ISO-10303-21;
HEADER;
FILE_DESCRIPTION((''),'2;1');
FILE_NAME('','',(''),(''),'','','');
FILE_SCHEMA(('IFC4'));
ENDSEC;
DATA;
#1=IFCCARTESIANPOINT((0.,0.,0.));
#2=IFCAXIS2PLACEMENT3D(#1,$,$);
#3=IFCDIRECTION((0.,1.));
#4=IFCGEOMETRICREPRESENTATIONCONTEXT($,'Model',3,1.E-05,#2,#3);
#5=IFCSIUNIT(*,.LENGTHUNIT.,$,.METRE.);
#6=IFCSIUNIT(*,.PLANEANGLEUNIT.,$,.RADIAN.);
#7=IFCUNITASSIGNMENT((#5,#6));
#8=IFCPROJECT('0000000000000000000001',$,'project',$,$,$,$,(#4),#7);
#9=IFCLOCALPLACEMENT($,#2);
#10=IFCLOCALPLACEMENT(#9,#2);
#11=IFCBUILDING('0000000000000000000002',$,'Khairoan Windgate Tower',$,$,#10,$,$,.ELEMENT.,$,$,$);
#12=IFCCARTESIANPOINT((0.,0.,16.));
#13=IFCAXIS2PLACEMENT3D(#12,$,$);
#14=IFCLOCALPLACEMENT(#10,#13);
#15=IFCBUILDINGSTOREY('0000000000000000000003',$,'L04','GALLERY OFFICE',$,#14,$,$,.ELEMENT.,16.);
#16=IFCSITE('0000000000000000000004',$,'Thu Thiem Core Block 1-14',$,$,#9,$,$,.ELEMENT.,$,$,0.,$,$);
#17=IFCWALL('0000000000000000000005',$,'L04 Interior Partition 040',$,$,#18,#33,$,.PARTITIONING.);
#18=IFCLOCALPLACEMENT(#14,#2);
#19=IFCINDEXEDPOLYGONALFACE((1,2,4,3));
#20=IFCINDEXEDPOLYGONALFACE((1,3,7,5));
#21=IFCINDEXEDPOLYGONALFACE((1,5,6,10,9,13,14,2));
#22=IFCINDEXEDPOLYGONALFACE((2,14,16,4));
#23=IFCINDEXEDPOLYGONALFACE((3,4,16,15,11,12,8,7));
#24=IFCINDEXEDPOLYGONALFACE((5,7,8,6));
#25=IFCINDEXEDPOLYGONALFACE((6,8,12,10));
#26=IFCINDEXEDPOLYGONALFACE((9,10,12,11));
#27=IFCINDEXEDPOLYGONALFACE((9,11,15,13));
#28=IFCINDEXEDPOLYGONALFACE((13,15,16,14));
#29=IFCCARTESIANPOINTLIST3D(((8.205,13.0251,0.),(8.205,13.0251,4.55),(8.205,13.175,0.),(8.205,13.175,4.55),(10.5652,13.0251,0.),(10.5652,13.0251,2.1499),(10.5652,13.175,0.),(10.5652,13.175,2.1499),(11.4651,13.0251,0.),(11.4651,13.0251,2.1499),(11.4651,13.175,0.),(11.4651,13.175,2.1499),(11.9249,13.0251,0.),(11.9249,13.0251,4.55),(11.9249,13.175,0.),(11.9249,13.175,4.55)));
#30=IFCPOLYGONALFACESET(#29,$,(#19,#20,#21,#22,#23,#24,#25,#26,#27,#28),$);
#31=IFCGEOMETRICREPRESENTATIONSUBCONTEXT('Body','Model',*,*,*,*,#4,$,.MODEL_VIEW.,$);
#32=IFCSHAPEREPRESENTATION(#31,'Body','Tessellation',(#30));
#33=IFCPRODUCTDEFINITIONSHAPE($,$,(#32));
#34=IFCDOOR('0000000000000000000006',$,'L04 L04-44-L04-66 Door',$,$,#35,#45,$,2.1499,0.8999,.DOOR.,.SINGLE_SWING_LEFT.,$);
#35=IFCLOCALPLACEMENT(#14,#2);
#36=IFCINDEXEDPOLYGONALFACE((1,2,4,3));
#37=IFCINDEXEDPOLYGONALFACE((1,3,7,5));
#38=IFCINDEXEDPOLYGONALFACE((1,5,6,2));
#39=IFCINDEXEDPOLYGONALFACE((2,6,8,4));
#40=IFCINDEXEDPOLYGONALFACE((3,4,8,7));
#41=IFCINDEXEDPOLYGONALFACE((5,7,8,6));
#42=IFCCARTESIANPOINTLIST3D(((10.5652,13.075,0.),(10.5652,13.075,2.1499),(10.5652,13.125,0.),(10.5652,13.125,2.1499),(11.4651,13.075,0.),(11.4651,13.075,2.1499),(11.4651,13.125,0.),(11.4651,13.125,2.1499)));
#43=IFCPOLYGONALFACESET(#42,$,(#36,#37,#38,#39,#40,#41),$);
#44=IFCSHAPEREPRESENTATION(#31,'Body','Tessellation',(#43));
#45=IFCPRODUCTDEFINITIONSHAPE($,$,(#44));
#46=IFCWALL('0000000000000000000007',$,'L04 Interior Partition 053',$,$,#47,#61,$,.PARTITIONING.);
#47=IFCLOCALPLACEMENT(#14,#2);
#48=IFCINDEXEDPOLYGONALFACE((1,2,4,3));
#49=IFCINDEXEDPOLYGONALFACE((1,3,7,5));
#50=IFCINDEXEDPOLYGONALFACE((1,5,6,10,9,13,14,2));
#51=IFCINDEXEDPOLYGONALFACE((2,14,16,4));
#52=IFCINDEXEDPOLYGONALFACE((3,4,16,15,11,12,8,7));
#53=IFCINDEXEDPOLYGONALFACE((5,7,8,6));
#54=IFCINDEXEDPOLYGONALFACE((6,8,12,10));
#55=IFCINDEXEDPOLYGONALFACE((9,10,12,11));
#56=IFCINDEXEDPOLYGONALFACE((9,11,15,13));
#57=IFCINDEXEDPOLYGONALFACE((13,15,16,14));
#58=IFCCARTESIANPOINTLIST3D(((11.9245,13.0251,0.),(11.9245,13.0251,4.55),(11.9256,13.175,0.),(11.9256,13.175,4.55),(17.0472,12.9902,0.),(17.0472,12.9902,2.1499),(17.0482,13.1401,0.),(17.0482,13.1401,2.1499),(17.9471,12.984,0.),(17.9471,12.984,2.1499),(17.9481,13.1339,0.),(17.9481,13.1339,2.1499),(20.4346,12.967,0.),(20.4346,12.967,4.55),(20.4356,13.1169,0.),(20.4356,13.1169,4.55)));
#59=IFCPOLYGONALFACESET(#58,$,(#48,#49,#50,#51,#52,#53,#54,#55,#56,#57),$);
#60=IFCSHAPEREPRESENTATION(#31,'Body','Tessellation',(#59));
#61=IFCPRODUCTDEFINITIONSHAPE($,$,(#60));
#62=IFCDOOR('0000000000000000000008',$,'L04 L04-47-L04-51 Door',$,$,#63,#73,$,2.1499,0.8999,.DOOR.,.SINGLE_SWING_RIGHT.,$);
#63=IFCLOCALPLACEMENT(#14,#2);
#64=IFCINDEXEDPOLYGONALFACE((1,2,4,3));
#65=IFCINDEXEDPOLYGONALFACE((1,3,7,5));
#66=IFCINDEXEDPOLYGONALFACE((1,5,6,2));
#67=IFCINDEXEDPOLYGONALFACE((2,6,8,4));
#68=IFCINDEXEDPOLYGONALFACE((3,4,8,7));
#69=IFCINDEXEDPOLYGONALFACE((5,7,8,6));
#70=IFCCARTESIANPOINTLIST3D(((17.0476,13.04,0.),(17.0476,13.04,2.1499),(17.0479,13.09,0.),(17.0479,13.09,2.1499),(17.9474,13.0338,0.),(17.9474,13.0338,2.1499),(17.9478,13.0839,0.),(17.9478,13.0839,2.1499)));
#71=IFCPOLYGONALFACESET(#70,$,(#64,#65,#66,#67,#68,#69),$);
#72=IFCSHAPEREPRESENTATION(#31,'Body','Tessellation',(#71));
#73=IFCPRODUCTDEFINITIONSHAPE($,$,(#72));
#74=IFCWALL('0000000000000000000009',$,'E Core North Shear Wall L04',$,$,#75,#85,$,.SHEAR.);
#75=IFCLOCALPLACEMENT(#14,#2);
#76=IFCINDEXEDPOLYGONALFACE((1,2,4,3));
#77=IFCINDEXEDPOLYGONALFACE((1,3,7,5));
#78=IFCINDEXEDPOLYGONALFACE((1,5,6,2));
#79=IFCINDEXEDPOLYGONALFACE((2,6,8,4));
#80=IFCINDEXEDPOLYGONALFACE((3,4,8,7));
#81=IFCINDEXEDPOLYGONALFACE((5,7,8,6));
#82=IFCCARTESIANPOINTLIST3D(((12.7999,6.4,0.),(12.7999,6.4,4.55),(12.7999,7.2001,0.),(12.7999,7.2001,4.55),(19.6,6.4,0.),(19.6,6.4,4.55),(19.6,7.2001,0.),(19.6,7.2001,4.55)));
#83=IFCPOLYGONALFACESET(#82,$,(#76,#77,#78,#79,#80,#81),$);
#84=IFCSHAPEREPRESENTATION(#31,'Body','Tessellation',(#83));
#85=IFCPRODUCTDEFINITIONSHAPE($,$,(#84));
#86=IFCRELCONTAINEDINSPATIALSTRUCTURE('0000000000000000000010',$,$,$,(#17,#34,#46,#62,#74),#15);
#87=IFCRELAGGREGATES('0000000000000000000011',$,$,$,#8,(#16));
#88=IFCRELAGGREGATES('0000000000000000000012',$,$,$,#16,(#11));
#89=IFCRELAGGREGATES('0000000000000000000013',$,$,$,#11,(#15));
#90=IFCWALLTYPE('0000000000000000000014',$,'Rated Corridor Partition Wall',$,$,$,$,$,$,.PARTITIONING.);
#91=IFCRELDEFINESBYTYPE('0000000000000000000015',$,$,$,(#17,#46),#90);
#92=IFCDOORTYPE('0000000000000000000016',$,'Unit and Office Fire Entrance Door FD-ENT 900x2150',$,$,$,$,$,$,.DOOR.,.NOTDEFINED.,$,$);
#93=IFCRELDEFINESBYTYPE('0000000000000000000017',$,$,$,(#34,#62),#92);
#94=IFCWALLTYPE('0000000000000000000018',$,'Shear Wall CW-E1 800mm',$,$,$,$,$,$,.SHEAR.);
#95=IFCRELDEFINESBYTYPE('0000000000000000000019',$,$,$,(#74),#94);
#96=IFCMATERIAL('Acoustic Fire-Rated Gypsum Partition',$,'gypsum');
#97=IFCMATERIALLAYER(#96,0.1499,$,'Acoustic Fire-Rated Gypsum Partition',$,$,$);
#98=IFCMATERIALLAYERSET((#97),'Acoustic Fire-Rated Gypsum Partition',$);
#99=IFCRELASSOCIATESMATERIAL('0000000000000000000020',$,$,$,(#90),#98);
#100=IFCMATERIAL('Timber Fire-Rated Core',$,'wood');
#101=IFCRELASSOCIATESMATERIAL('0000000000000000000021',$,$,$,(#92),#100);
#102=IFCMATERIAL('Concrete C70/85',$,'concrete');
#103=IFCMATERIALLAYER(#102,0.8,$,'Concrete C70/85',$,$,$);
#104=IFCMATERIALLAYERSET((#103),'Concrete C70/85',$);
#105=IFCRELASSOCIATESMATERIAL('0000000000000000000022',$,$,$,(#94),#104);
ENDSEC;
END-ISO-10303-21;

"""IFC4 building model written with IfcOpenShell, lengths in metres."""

from ifc_helpers import new_model, si_unit, direction, frame, frame_2d, origin, place, context, subcontext, project, spatial, rectangle, extrude, material, layer, layer_set, type_object, element, fill, save


model = new_model("IFC4")

# Units and contexts
model_context = context("Model", 3, precision=1e-05, world=origin(), true_north=direction((0.0, 1.0)))
body_context = subcontext(model_context, "Body", "Model", "MODEL_VIEW")
ifc_project = project(units=[si_unit("LENGTHUNIT", "METRE"), si_unit("PLANEANGLEUNIT", "RADIAN")], contexts=[model_context])

# Site, building, storey
site_placement = place(None, origin())
site = spatial("IfcSite", under=ifc_project, at=site_placement, Name="Thu Thiem Core Block 1-14", CompositionType="ELEMENT", RefElevation=0.0)
building_placement = place(site_placement, origin())
building = spatial("IfcBuilding", under=site, at=building_placement, Name="Khairoan Windgate Tower", CompositionType="ELEMENT")
storey_placement = place(building_placement, frame((0.0, 0.0, 16.0)))
storey = spatial("IfcBuildingStorey", under=building, at=storey_placement, Name="L04", Description="GALLERY OFFICE", CompositionType="ELEMENT", Elevation=16.0)

# Walls, openings, doors
ifc_material_1 = material(Name="Acoustic Fire-Rated Gypsum Partition", Category="gypsum")
ifc_layer_1 = layer(ifc_material_1, 0.1499, Name="Acoustic Fire-Rated Gypsum Partition")
ifc_layer_set_1 = layer_set([ifc_layer_1], Name="Acoustic Fire-Rated Gypsum Partition")
wall_type_1 = type_object("IfcWallType", Name="Rated Corridor Partition Wall", PredefinedType="PARTITIONING", material=ifc_layer_set_1)
ifc_material_2 = material(Name="Timber Fire-Rated Core", Category="wood")
door_type = type_object("IfcDoorType", Name="Unit and Office Fire Entrance Door FD-ENT 900x2150", OperationType="NOTDEFINED", PredefinedType="DOOR", material=ifc_material_2)
wall_1_placement = place(storey_placement, frame((8.2051, 13.1001, 0.0), z_axis=(0.0, 0.0, 1.0), x_axis=(1.0, 0.0, 0.0)))
wall_1 = element("IfcWall", 1, at=wall_1_placement, inside=storey, type_object=wall_type_1, Name="L04 Interior Partition 040", PredefinedType="PARTITIONING", context=body_context, shape_type="SweptSolid", body=[
    extrude(rectangle(XDim=3.72, YDim=0.1499, at=frame_2d((1.8599, 0.0))), origin(), (0.0, 0.0, 1.0), 4.55),
])
opening_1_placement = place(wall_1_placement, frame((2.3601, 0.0, 0.0)))
opening_1 = element("IfcOpeningElement", 2, at=opening_1_placement, cuts=wall_1, PredefinedType="OPENING", context=body_context, shape_type="SweptSolid", body=[
    extrude(rectangle(XDim=0.8999, YDim=2.1499, at=frame_2d((0.45, 1.075))), frame((0.0, 0.085, 0.0), z_axis=(0.0, -1.0, 0.0), x_axis=(1.0, 0.0, 0.0)), (0.0, 0.0, 1.0), 0.1699),
])
door_1_placement = place(opening_1_placement, origin())
door_1 = element("IfcDoor", 3, at=door_1_placement, inside=storey, type_object=door_type, Name="L04 L04-44-L04-66 Door", OperationType="SINGLE_SWING_LEFT", OverallHeight=2.1499, OverallWidth=0.8999, PredefinedType="DOOR", context=body_context, shape_type="SweptSolid", body=[
    extrude(rectangle(XDim=0.8999, YDim=2.1499, at=frame_2d((0.45, 1.075))), frame((0.0, 0.0249, 0.0), z_axis=(0.0, -1.0, 0.0), x_axis=(1.0, 0.0, 0.0)), (0.0, 0.0, 1.0), 0.05),
])
fill(opening_1, door_1)
wall_2_placement = place(storey_placement, frame((11.925, 13.1001, 0.0), z_axis=(0.0, 0.0, 1.0), x_axis=(0.999977, -0.006828, 0.0)))
wall_2 = element("IfcWall", 4, at=wall_2_placement, inside=storey, type_object=wall_type_1, Name="L04 Interior Partition 053", PredefinedType="PARTITIONING", context=body_context, shape_type="SweptSolid", body=[
    extrude(rectangle(XDim=8.5103, YDim=0.1499, at=frame_2d((4.2551, 0.0))), origin(), (0.0, 0.0, 1.0), 4.55),
])
opening_2_placement = place(wall_2_placement, frame((5.1228, 0.0, 0.0)))
opening_2 = element("IfcOpeningElement", 5, at=opening_2_placement, cuts=wall_2, PredefinedType="OPENING", context=body_context, shape_type="SweptSolid", body=[
    extrude(rectangle(XDim=0.8999, YDim=2.1499, at=frame_2d((0.45, 1.075))), frame((0.0, 0.085, 0.0), z_axis=(0.0, -1.0, 0.0), x_axis=(1.0, 0.0, 0.0)), (0.0, 0.0, 1.0), 0.1699),
])
door_2_placement = place(opening_2_placement, origin())
door_2 = element("IfcDoor", 6, at=door_2_placement, inside=storey, type_object=door_type, Name="L04 L04-47-L04-51 Door", OperationType="SINGLE_SWING_RIGHT", OverallHeight=2.1499, OverallWidth=0.8999, PredefinedType="DOOR", context=body_context, shape_type="SweptSolid", body=[
    extrude(rectangle(XDim=0.8999, YDim=2.1499, at=frame_2d((0.45, 1.075))), frame((0.0, 0.0249, 0.0), z_axis=(0.0, -1.0, 0.0), x_axis=(1.0, 0.0, 0.0)), (0.0, 0.0, 1.0), 0.05),
])
fill(opening_2, door_2)

# Wall
ifc_material_3 = material(Name="Concrete C70/85", Category="concrete")
ifc_layer_2 = layer(ifc_material_3, 0.8, Name="Concrete C70/85")
ifc_layer_set_2 = layer_set([ifc_layer_2], Name="Concrete C70/85")
wall_type_2 = type_object("IfcWallType", Name="Shear Wall CW-E1 800mm", PredefinedType="SHEAR", material=ifc_layer_set_2)
wall_3_placement = place(storey_placement, frame((12.8, 6.8, 0.0), z_axis=(0.0, 0.0, 1.0), x_axis=(1.0, 0.0, 0.0)))
element("IfcWall", 7, at=wall_3_placement, inside=storey, type_object=wall_type_2, Name="E Core North Shear Wall L04", PredefinedType="SHEAR", context=body_context, shape_type="SweptSolid", body=[
    extrude(rectangle(XDim=6.8, YDim=0.8, at=frame_2d((3.3999, 0.0))), origin(), (0.0, 0.0, 1.0), 4.55),
])

save(model, "model.ifc")
